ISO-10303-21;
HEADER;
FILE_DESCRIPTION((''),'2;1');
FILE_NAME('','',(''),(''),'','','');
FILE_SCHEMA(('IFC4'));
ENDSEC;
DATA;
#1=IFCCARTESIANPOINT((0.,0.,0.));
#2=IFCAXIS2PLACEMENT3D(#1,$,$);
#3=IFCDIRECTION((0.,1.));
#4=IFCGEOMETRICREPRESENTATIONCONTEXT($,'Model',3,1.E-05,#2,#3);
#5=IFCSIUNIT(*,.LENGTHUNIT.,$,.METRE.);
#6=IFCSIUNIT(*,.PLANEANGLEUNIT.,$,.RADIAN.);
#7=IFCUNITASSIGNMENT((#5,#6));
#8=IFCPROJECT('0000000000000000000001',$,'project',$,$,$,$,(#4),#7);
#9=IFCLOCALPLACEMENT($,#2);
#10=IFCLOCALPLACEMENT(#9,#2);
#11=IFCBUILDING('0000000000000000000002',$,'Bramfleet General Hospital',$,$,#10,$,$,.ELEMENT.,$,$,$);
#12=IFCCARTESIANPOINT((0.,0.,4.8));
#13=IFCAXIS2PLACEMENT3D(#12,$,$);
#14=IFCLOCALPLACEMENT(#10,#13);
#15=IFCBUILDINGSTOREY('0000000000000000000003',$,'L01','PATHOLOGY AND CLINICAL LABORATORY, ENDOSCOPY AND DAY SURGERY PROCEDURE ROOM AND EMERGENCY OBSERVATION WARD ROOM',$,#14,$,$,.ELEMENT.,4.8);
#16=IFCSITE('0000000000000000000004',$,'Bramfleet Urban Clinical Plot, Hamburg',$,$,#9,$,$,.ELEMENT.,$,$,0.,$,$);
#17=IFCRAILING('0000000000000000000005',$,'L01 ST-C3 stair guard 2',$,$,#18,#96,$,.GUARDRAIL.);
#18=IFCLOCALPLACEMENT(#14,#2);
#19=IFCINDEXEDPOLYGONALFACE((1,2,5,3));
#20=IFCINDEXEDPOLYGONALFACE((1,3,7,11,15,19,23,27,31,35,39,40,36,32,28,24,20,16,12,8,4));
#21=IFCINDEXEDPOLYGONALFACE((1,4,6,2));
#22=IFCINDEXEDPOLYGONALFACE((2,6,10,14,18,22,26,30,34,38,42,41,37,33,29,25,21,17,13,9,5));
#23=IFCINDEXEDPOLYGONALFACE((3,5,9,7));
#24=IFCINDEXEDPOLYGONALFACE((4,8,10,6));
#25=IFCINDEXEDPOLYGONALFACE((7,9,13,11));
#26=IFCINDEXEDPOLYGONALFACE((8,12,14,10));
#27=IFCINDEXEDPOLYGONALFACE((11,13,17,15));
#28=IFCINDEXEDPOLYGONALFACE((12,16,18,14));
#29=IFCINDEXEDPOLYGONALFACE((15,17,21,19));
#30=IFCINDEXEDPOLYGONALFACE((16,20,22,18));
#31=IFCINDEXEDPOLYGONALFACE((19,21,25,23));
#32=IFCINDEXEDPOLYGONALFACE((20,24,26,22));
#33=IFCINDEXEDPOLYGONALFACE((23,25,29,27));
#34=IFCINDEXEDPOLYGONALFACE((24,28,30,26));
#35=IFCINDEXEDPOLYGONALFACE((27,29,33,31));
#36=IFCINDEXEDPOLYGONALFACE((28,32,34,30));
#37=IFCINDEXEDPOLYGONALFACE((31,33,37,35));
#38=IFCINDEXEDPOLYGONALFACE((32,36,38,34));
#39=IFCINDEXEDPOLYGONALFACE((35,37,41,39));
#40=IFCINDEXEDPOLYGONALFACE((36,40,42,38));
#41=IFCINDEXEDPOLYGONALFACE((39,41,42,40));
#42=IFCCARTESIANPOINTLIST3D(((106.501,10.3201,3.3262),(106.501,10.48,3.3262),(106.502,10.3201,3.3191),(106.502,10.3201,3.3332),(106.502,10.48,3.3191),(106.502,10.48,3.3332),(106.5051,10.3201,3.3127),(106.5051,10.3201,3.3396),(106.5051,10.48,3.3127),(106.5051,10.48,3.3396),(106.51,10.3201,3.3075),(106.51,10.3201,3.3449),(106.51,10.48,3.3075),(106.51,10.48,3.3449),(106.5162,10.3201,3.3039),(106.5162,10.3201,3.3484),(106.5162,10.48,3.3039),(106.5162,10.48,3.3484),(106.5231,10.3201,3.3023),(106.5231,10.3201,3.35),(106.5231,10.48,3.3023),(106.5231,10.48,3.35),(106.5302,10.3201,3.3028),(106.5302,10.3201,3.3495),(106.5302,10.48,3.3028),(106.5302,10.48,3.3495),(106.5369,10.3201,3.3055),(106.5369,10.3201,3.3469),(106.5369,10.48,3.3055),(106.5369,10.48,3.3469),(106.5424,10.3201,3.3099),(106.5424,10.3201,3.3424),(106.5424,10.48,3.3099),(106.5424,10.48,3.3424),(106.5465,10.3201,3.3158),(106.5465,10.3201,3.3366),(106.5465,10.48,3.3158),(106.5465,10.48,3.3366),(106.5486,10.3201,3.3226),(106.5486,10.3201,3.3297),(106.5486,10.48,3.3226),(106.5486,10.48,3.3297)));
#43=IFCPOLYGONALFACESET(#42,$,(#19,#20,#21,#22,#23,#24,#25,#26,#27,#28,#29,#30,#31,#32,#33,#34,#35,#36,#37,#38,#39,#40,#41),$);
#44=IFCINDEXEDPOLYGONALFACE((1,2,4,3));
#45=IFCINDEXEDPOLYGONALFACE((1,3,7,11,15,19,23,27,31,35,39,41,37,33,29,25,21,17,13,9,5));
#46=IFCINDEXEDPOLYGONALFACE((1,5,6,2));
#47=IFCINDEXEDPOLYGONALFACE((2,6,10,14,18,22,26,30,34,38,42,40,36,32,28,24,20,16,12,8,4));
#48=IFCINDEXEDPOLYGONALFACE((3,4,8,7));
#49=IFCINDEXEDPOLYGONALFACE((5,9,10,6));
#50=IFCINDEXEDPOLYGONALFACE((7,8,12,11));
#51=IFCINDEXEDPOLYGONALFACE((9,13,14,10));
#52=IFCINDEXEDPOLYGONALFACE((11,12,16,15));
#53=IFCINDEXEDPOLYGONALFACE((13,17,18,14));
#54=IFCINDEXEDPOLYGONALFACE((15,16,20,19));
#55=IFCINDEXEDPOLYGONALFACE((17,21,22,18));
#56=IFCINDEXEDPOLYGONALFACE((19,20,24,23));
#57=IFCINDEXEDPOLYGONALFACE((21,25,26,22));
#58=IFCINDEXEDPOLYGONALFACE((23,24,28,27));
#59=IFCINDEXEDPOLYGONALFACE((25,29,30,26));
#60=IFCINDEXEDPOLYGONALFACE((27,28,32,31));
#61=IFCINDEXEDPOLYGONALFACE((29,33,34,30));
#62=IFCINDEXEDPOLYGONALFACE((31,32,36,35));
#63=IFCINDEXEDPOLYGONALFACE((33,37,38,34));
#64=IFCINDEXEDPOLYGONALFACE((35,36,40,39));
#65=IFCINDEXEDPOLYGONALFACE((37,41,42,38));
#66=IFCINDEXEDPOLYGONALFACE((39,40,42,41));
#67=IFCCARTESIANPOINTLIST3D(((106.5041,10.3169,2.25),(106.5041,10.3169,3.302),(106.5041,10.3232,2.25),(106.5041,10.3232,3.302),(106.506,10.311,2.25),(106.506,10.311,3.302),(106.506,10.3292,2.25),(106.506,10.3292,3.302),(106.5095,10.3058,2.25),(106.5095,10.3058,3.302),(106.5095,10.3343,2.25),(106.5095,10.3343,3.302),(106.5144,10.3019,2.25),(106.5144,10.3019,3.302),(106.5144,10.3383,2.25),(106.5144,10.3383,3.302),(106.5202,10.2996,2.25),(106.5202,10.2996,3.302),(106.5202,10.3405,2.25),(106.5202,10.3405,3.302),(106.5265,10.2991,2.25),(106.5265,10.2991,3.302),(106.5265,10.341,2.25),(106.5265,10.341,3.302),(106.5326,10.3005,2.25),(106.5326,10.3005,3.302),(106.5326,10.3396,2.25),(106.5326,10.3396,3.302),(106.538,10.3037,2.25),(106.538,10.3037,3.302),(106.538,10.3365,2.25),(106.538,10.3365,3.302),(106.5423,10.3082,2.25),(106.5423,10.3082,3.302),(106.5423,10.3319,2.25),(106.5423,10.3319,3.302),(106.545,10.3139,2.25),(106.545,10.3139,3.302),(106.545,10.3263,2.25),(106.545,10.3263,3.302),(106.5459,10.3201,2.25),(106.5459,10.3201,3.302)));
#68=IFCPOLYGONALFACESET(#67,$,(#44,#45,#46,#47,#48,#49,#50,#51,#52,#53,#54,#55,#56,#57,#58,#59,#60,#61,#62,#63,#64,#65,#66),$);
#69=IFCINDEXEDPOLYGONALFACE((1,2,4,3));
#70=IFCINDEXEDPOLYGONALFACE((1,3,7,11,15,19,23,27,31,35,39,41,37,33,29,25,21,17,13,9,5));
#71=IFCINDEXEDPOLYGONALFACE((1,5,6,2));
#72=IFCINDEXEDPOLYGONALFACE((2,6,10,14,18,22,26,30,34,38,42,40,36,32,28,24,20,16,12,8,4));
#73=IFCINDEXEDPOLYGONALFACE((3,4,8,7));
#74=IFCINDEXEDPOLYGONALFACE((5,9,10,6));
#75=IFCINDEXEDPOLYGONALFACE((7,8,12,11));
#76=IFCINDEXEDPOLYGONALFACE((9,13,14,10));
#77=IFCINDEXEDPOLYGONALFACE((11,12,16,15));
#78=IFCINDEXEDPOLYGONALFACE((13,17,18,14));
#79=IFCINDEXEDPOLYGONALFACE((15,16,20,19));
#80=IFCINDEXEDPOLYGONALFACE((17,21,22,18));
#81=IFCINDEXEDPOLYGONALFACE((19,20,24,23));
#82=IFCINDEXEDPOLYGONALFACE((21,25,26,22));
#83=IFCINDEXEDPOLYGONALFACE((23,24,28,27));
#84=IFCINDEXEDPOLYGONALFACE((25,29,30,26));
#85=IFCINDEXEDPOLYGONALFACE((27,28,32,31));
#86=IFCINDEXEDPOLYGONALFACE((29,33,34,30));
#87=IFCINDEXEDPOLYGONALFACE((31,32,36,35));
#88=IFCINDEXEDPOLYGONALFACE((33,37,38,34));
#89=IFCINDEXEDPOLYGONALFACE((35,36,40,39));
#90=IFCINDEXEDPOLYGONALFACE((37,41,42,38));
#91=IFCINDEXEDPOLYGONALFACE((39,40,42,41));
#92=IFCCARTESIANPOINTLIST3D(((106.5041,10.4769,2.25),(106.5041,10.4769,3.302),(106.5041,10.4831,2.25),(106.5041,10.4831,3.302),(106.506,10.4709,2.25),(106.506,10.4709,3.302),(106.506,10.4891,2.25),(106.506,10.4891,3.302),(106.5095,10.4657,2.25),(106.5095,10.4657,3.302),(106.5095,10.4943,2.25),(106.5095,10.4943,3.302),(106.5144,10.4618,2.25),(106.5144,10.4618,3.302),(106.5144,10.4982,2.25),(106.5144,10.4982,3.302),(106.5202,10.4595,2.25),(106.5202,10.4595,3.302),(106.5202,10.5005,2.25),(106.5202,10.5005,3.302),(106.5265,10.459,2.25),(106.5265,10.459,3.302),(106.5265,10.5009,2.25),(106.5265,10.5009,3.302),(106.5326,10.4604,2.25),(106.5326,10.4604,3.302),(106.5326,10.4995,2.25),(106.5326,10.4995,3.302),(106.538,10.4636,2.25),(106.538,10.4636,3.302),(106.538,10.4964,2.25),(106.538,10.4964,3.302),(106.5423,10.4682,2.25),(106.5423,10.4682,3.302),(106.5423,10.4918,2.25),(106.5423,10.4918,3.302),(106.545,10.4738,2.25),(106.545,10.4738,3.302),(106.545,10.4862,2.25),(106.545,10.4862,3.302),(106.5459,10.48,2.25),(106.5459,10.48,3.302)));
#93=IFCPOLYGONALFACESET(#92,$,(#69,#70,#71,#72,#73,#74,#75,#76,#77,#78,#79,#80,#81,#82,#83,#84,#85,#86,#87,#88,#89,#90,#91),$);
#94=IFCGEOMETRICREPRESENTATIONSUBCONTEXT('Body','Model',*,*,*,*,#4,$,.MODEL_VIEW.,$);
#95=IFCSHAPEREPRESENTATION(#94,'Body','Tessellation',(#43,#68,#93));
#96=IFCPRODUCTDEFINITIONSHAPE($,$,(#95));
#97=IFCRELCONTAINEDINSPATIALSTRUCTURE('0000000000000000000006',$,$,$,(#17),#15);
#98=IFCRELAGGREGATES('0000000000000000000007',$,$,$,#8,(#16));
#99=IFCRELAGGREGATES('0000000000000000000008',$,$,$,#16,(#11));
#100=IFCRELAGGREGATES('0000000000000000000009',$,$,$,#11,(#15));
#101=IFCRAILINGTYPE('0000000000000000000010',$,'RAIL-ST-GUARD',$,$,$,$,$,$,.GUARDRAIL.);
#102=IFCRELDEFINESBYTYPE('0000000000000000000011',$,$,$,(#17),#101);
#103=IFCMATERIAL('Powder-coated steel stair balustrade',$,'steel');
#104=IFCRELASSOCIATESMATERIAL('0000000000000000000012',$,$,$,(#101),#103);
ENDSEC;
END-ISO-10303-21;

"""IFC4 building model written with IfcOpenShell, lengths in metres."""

from ifc_helpers import new_model, si_unit, direction, frame, origin, origin_2d, place, context, subcontext, project, spatial, circle, extrude, material, type_object, element, save


model = new_model("IFC4")

# Units and contexts
model_context = context("Model", 3, precision=1e-05, world=origin(), true_north=direction((0.0, 1.0)))
body_context = subcontext(model_context, "Body", "Model", "MODEL_VIEW")
ifc_project = project(units=[si_unit("LENGTHUNIT", "METRE"), si_unit("PLANEANGLEUNIT", "RADIAN")], contexts=[model_context])

# Site, building, storey
site_placement = place(None, origin())
site = spatial("IfcSite", under=ifc_project, at=site_placement, Name="Bramfleet Urban Clinical Plot, Hamburg", CompositionType="ELEMENT", RefElevation=0.0)
building_placement = place(site_placement, origin())
building = spatial("IfcBuilding", under=site, at=building_placement, Name="Bramfleet General Hospital", CompositionType="ELEMENT")
storey_placement = place(building_placement, frame((0.0, 0.0, 4.8)))
storey = spatial("IfcBuildingStorey", under=building, at=storey_placement, Name="L01", Description="PATHOLOGY AND CLINICAL LABORATORY, ENDOSCOPY AND DAY SURGERY PROCEDURE ROOM AND EMERGENCY OBSERVATION WARD ROOM", CompositionType="ELEMENT", Elevation=4.8)

# Railing
ifc_material_1 = material(Name="Powder-coated steel stair balustrade", Category="steel")
railing_type_1 = type_object("IfcRailingType", Name="RAIL-ST-GUARD", PredefinedType="GUARDRAIL", material=ifc_material_1)
railing_1_placement = place(storey_placement, frame((106.5249, 10.3201, 2.25)))
element("IfcRailing", 1, at=railing_1_placement, inside=storey, type_object=railing_type_1, Name="L01 ST-C3 stair guard 2", PredefinedType="GUARDRAIL", context=body_context, shape_type="SweptSolid", body=[
    extrude(circle(Radius=0.0239, at=origin_2d()), frame((0.0, 0.0, 1.0762), z_axis=(0.0, 1.0, 0.0), x_axis=(-1.0, 0.0, 0.0)), (0.0, 0.0, 1.0), 0.1599),
    extrude(circle(Radius=0.021, at=origin_2d()), origin(), (0.0, 0.0, 1.0), 1.052),
    extrude(circle(Radius=0.021, at=origin_2d()), frame((0.0, 0.1599, 0.0)), (0.0, 0.0, 1.0), 1.052),
])

save(model, "model.ifc")
